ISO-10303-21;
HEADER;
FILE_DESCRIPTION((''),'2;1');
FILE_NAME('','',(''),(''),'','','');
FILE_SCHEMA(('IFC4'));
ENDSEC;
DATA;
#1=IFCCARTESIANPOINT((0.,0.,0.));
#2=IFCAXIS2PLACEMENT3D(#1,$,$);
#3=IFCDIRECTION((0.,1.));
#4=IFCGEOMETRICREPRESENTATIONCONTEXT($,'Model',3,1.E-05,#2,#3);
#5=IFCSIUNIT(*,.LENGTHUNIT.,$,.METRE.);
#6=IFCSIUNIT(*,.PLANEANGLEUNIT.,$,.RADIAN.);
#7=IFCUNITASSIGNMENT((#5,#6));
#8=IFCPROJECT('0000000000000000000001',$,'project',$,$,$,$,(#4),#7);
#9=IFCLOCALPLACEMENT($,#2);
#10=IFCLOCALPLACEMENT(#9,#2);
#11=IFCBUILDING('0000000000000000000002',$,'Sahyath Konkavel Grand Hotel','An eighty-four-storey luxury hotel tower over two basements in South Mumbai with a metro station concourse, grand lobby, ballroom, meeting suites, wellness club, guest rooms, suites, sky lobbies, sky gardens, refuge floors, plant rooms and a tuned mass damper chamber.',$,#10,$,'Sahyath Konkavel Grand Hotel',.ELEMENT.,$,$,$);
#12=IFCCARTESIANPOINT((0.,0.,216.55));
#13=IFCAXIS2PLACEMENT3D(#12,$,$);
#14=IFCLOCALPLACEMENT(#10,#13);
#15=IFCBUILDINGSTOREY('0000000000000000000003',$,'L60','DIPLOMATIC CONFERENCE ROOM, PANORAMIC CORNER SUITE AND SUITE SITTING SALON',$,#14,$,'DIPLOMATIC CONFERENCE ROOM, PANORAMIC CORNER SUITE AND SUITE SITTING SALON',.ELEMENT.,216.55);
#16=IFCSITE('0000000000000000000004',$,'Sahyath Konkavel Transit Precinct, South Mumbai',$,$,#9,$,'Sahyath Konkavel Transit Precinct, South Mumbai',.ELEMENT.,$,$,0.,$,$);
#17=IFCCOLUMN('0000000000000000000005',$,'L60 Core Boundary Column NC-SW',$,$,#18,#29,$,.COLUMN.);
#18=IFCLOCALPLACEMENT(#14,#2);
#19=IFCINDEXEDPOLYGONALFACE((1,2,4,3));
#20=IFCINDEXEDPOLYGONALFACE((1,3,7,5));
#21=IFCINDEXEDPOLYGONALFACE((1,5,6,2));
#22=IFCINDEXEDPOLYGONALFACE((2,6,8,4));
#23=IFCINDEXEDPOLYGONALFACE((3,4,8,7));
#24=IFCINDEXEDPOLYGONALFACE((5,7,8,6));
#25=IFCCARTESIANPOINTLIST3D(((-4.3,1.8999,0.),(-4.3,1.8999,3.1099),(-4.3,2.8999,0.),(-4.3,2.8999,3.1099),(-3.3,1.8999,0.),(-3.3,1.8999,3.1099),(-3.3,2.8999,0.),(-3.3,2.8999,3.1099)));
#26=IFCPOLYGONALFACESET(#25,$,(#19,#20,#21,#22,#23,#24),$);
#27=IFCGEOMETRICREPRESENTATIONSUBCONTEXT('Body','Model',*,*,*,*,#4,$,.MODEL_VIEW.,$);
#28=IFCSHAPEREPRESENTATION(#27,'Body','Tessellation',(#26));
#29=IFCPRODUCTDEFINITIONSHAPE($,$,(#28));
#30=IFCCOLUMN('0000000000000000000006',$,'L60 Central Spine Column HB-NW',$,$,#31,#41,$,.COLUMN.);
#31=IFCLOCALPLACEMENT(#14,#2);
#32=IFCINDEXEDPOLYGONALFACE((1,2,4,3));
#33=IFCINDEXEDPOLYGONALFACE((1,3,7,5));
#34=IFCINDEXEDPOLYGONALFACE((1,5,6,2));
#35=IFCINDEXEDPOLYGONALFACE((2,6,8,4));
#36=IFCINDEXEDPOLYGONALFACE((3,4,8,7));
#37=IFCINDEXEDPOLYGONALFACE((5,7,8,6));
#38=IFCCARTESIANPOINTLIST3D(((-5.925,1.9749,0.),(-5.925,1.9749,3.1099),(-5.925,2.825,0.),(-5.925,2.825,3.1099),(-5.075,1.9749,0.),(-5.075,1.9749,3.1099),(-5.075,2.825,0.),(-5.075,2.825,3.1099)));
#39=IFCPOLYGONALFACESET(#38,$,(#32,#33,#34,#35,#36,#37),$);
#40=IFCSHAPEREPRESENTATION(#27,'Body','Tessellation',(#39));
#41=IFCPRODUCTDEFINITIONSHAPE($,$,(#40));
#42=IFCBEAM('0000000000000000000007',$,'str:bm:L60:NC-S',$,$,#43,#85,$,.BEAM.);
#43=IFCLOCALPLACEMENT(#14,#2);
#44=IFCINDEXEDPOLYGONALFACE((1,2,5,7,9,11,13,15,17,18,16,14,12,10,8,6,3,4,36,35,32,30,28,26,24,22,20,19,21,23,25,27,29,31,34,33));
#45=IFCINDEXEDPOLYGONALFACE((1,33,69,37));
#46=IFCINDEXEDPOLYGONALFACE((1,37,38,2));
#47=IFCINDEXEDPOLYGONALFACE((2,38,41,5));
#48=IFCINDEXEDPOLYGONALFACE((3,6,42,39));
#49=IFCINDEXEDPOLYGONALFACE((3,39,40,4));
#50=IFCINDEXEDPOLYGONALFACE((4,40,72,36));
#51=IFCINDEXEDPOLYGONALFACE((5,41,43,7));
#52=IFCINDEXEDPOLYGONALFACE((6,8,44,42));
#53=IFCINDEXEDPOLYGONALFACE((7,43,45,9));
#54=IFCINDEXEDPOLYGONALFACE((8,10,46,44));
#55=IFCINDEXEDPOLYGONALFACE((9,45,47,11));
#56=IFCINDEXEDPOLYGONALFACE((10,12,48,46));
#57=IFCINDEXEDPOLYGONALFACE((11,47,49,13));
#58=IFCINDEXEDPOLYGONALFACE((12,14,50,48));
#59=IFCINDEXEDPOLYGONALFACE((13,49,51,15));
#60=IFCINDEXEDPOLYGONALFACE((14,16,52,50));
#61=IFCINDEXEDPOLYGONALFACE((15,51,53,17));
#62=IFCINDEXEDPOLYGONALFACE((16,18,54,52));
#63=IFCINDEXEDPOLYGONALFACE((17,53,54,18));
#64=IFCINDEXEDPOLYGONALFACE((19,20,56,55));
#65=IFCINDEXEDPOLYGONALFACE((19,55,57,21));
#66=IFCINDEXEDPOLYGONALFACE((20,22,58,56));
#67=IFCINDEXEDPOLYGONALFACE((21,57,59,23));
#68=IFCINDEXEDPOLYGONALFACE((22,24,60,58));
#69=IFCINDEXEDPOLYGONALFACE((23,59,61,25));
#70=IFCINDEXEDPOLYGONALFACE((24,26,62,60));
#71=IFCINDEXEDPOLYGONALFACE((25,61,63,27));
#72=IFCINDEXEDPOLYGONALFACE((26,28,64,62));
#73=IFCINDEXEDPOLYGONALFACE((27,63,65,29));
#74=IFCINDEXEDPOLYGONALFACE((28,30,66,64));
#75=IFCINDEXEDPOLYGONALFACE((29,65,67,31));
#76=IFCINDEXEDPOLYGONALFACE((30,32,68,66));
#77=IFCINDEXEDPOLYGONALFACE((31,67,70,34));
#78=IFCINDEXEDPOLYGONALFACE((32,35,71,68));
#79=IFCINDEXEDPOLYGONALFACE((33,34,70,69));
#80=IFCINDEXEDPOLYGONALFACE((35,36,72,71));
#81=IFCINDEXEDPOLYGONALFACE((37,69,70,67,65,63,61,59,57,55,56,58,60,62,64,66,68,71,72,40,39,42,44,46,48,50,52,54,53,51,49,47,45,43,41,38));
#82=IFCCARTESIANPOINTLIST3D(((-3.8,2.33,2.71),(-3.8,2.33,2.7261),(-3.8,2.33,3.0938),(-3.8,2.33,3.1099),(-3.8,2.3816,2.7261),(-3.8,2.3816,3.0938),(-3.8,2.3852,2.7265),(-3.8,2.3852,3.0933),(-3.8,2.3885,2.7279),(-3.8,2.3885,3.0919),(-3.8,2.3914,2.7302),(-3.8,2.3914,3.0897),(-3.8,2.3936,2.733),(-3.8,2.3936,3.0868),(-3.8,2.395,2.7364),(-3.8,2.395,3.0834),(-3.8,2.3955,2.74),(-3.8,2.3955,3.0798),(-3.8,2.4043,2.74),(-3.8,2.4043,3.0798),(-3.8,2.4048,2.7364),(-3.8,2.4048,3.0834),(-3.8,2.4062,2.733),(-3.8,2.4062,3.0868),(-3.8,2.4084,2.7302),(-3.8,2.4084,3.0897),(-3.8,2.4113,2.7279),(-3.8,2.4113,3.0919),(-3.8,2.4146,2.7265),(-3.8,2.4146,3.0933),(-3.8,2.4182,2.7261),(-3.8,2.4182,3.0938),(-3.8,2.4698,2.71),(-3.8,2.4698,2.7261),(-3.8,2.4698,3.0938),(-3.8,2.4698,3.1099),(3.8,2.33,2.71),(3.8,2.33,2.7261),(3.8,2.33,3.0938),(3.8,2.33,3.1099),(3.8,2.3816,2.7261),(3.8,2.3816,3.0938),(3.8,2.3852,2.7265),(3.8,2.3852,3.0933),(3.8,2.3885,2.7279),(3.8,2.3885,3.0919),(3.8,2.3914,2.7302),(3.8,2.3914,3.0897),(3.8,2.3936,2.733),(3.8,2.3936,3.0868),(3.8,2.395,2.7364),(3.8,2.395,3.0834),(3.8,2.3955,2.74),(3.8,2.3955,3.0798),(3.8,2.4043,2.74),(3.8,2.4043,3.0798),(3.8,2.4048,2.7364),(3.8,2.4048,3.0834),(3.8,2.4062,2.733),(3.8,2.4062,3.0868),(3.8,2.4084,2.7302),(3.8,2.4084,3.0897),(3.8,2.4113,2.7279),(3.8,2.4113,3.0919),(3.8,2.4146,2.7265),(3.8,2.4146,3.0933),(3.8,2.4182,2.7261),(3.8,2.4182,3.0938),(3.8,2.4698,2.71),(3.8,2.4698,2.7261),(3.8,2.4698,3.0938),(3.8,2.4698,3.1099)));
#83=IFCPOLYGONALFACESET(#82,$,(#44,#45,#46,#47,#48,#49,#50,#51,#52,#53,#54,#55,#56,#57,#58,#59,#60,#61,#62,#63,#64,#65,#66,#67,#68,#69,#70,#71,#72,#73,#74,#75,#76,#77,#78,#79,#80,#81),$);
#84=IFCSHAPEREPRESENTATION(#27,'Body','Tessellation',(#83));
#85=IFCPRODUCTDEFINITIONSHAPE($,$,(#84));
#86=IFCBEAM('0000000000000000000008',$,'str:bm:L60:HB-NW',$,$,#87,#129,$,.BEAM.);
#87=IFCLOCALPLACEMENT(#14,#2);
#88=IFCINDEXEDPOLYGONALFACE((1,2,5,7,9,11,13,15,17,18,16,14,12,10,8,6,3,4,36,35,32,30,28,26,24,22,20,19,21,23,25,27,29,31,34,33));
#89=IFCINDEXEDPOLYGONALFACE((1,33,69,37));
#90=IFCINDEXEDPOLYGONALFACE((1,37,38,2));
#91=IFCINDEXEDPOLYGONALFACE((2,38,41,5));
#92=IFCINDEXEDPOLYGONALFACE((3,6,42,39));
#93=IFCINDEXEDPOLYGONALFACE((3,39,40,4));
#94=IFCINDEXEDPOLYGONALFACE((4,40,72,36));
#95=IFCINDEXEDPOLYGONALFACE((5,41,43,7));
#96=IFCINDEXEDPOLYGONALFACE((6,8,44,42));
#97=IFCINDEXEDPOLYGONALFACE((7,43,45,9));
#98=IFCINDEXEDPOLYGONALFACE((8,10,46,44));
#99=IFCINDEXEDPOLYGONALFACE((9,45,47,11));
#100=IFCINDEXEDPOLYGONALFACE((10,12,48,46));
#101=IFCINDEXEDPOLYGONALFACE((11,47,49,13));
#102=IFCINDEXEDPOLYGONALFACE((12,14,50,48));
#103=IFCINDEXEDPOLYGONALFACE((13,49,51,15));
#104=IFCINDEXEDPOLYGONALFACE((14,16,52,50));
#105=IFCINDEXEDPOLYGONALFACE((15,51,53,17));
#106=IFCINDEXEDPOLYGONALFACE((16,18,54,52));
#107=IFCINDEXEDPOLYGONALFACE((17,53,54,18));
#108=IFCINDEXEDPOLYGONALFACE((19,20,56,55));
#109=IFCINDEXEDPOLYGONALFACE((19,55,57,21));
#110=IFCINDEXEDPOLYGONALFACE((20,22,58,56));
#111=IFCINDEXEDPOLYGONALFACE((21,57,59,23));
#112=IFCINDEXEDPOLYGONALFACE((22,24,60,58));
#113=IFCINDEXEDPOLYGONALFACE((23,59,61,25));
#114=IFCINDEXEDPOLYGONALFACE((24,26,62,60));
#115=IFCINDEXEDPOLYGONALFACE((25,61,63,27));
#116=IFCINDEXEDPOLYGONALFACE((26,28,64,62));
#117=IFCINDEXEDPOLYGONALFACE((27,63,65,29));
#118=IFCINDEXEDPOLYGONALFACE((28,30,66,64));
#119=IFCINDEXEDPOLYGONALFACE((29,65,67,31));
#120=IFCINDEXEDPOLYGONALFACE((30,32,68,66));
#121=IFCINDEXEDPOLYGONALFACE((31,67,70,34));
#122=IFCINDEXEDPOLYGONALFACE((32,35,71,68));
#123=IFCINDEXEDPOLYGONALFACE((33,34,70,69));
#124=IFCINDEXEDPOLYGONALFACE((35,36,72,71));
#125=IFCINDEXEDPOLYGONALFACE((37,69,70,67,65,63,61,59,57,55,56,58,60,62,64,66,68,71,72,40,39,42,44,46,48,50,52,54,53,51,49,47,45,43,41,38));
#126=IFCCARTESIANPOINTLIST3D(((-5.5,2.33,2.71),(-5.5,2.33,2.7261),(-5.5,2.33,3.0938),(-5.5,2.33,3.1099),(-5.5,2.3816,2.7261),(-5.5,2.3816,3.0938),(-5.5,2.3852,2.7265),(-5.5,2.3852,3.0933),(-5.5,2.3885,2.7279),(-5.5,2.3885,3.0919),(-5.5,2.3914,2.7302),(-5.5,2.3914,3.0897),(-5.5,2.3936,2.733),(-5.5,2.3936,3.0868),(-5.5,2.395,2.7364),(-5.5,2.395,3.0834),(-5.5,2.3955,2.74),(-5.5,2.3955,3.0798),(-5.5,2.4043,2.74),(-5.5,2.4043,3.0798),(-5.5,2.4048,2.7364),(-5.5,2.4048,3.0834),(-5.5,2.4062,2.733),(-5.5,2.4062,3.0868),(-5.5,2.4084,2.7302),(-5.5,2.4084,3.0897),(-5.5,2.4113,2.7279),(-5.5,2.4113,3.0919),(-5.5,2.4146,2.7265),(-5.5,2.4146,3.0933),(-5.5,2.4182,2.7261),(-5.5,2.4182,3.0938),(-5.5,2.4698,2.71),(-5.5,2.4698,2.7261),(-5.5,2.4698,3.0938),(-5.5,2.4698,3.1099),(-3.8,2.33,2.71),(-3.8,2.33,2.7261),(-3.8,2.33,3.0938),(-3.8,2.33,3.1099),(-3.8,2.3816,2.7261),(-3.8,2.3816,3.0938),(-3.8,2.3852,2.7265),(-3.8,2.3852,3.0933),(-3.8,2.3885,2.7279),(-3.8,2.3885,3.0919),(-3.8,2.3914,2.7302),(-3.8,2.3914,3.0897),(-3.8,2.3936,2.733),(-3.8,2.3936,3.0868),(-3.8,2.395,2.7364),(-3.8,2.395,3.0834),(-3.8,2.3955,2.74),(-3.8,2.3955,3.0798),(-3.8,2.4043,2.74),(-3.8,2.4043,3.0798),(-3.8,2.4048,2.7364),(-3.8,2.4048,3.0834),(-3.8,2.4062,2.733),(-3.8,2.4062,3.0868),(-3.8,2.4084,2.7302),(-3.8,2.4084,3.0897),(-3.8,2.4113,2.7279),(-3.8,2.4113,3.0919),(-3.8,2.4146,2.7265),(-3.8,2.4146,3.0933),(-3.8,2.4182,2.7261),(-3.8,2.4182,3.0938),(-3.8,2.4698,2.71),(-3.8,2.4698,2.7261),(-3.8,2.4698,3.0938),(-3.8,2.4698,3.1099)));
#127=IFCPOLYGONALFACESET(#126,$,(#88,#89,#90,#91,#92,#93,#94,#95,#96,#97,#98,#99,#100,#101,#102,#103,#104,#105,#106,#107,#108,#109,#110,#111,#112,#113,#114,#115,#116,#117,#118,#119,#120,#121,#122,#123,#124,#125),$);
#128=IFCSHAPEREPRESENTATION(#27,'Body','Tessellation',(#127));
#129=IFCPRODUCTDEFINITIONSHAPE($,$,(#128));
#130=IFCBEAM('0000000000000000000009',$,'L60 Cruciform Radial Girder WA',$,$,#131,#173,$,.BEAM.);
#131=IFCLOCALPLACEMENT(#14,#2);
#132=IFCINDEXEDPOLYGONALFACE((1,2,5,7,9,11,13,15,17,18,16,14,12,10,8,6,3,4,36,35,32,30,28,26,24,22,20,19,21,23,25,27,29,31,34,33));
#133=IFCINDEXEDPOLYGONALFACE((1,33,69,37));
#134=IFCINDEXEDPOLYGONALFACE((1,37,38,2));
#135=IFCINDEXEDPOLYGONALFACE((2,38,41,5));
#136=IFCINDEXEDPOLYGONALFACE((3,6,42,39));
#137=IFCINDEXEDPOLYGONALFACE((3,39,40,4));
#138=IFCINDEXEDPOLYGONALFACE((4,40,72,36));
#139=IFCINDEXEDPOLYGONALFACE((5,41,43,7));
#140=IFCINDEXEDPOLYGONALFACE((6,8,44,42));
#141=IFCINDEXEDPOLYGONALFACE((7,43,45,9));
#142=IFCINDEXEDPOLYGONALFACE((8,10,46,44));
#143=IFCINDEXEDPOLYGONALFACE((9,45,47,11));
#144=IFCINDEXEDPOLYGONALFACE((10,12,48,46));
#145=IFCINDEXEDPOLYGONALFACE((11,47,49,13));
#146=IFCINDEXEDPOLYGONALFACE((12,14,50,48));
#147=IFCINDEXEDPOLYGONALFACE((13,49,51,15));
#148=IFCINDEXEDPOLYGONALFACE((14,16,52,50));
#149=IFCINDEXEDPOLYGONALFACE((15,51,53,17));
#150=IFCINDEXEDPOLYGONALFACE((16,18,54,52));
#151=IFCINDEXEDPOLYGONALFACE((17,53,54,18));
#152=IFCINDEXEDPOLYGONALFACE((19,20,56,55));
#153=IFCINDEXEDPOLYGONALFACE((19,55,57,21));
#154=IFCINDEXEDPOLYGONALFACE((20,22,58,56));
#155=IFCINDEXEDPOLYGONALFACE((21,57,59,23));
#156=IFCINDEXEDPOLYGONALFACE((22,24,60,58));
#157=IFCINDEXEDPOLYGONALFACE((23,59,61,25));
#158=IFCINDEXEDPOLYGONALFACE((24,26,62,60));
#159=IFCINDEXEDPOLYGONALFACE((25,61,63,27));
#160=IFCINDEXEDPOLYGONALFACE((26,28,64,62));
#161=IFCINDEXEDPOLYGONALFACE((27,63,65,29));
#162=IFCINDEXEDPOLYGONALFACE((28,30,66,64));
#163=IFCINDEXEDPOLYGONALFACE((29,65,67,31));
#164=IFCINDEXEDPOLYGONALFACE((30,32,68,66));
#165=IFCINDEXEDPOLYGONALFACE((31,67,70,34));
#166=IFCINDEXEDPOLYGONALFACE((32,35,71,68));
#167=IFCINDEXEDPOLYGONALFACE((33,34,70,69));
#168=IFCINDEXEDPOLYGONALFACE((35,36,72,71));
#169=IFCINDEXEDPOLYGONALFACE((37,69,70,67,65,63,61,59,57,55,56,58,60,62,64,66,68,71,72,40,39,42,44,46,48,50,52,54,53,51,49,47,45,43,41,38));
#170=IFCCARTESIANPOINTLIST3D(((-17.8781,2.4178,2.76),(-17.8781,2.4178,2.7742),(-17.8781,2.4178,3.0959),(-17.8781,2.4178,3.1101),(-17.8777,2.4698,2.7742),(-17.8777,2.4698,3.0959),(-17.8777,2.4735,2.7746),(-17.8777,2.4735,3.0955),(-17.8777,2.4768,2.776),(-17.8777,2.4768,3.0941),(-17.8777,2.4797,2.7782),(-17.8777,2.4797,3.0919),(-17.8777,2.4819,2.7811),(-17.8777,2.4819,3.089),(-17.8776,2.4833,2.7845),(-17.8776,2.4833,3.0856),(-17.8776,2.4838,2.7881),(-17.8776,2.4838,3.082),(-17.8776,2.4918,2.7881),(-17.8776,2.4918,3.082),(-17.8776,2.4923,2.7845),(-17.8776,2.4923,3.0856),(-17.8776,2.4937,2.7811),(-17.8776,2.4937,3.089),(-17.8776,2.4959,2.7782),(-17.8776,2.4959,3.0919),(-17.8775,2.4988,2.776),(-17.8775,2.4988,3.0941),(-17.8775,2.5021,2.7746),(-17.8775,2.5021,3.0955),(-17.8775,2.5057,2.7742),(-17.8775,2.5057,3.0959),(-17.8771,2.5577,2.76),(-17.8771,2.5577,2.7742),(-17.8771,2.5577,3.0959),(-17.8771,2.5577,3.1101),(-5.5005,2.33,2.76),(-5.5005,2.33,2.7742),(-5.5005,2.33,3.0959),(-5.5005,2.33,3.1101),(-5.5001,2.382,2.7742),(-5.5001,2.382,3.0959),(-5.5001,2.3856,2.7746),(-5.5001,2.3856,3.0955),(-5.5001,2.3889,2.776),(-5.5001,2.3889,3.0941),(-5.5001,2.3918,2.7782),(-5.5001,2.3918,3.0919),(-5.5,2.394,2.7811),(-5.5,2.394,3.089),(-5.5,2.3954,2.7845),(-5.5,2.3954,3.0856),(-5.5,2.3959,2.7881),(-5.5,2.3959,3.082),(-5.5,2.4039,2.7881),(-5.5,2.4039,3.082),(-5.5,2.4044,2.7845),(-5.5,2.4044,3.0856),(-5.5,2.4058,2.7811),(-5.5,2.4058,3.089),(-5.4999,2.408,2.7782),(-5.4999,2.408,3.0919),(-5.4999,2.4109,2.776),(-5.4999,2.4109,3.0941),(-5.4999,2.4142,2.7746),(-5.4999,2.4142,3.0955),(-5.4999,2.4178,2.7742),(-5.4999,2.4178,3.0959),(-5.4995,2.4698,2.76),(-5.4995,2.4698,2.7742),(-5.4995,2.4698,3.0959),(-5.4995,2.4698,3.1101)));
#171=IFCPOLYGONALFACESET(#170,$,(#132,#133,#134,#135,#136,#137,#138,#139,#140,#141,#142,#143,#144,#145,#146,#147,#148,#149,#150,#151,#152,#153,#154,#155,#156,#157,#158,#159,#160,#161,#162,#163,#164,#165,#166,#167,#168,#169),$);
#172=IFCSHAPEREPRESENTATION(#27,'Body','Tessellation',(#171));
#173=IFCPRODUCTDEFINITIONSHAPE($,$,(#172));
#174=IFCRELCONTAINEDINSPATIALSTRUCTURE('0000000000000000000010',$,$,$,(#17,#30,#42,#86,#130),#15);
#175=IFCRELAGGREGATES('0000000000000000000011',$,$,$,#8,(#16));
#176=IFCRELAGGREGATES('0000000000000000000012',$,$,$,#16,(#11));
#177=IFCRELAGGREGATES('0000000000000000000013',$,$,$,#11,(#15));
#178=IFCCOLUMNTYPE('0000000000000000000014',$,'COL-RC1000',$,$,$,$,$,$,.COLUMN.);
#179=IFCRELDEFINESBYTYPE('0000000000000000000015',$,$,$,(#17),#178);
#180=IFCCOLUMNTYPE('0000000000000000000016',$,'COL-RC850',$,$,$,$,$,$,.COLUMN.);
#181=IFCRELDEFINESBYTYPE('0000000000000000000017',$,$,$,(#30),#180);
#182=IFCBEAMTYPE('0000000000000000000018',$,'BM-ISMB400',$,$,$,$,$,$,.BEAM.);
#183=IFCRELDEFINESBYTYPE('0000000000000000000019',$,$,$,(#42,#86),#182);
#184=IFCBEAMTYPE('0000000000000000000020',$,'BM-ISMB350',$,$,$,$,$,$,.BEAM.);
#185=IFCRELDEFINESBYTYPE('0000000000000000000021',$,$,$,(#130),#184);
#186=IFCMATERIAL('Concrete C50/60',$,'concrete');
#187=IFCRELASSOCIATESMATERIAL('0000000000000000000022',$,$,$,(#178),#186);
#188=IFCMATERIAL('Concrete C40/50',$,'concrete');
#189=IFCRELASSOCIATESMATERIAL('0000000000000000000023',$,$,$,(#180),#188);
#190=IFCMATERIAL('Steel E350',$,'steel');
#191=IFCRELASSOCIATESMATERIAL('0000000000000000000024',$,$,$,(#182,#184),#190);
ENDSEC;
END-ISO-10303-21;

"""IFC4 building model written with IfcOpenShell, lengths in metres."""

from ifc_helpers import new_model, si_unit, direction, frame, origin, origin_2d, place, context, subcontext, project, spatial, rectangle, i_section, extrude, source, transform, mapped, material, material_profile, profile_set, type_object, element, save


model = new_model("IFC4")

# Units and contexts
model_context = context("Model", 3, precision=1e-05, world=origin(), true_north=direction((0.0, 1.0)))
body_context = subcontext(model_context, "Body", "Model", "MODEL_VIEW")
ifc_project = project(units=[si_unit("LENGTHUNIT", "METRE"), si_unit("PLANEANGLEUNIT", "RADIAN")], contexts=[model_context])

# Site, building, storey
site_placement = place(None, origin())
site = spatial("IfcSite", under=ifc_project, at=site_placement, Name="Sahyath Konkavel Transit Precinct, South Mumbai", LongName="Sahyath Konkavel Transit Precinct, South Mumbai", CompositionType="ELEMENT", RefElevation=0.0)
building_placement = place(site_placement, origin())
building = spatial("IfcBuilding", under=site, at=building_placement, Name="Sahyath Konkavel Grand Hotel", Description="An eighty-four-storey luxury hotel tower over two basements in South Mumbai with a metro station concourse, grand lobby, ballroom, meeting suites, wellness club, guest rooms, suites, sky lobbies, sky gardens, refuge floors, plant rooms and a tuned mass damper chamber.", LongName="Sahyath Konkavel Grand Hotel", CompositionType="ELEMENT")
storey_placement = place(building_placement, frame((0.0, 0.0, 216.55)))
storey = spatial("IfcBuildingStorey", under=building, at=storey_placement, Name="L60", Description="DIPLOMATIC CONFERENCE ROOM, PANORAMIC CORNER SUITE AND SUITE SITTING SALON", LongName="DIPLOMATIC CONFERENCE ROOM, PANORAMIC CORNER SUITE AND SUITE SITTING SALON", CompositionType="ELEMENT", Elevation=216.55)

# Columns
ifc_material_1 = material(Name="Concrete C50/60", Category="concrete")
ifc_material_profile_1 = material_profile(ifc_material_1, rectangle(XDim=1.0, YDim=1.0, at=origin_2d()), Name="RC 1000x1000")
ifc_profile_set_1 = profile_set([ifc_material_profile_1], Name="Concrete C50/60")
column_type_1 = type_object("IfcColumnType", Name="COL-RC1000", PredefinedType="COLUMN", material=ifc_profile_set_1)
shared_shape_1 = source(origin(), body_context, "Body", "SweptSolid", [
    extrude(rectangle(XDim=1.0, YDim=1.0, at=origin_2d()), origin(), (0.0, 0.0, 1.0), 3.1099),
])
column_1_placement = place(storey_placement, frame((-3.8, 2.3999, 0.0), z_axis=(0.0, 0.0, 1.0), x_axis=(1.0, 0.0, 0.0)))
element("IfcColumn", 1, at=column_1_placement, inside=storey, type_object=column_type_1, Name="L60 Core Boundary Column NC-SW", PredefinedType="COLUMN", context=body_context, shape_type="MappedRepresentation", body=[
    mapped(shared_shape_1, transform((0.0, 0.0, 0.0), scale=1.0)),
])
ifc_material_2 = material(Name="Concrete C40/50", Category="concrete")
ifc_material_profile_2 = material_profile(ifc_material_2, rectangle(XDim=0.8501, YDim=0.8501, at=origin_2d()), Name="RC 850x850")
ifc_profile_set_2 = profile_set([ifc_material_profile_2], Name="Concrete C40/50")
column_type_2 = type_object("IfcColumnType", Name="COL-RC850", PredefinedType="COLUMN", material=ifc_profile_set_2)
shared_shape_2 = source(origin(), body_context, "Body", "SweptSolid", [
    extrude(rectangle(XDim=0.8501, YDim=0.8501, at=origin_2d()), origin(), (0.0, 0.0, 1.0), 3.1099),
])
column_2_placement = place(storey_placement, frame((-5.5, 2.3999, 0.0), z_axis=(0.0, 0.0, 1.0), x_axis=(1.0, 0.0, 0.0)))
element("IfcColumn", 2, at=column_2_placement, inside=storey, type_object=column_type_2, Name="L60 Central Spine Column HB-NW", PredefinedType="COLUMN", context=body_context, shape_type="MappedRepresentation", body=[
    mapped(shared_shape_2, transform((0.0, 0.0, 0.0), scale=1.0)),
])

# Beams
ifc_material_3 = material(Name="Steel E350", Category="steel")
ifc_material_profile_3 = material_profile(ifc_material_3, i_section(OverallWidth=0.1399, OverallDepth=0.3999, WebThickness=0.0088, FlangeThickness=0.0161, FilletRadius=0.0139, at=origin_2d()), Name="ISMB 400")
ifc_profile_set_3 = profile_set([ifc_material_profile_3], Name="Steel E350")
beam_type_1 = type_object("IfcBeamType", Name="BM-ISMB400", PredefinedType="BEAM", material=ifc_profile_set_3)
shared_shape_3 = source(origin(), body_context, "Body", "SweptSolid", [
    extrude(i_section(OverallWidth=0.1399, OverallDepth=0.3999, WebThickness=0.0088, FlangeThickness=0.0161, FilletRadius=0.0139, at=origin_2d()), origin(), (0.0, 0.0, 1.0), 7.6001),
])
beam_1_placement = place(storey_placement, frame((-3.8, 2.3999, 2.9099), z_axis=(1.0, 0.0, 0.0), x_axis=(0.0, 1.0, 0.0)))
element("IfcBeam", 3, at=beam_1_placement, inside=storey, type_object=beam_type_1, Name="str:bm:L60:NC-S", PredefinedType="BEAM", context=body_context, shape_type="MappedRepresentation", body=[
    mapped(shared_shape_3, transform((0.0, 0.0, 0.0), scale=1.0)),
])
shared_shape_4 = source(origin(), body_context, "Body", "SweptSolid", [
    extrude(i_section(OverallWidth=0.1399, OverallDepth=0.3999, WebThickness=0.0088, FlangeThickness=0.0161, FilletRadius=0.0139, at=origin_2d()), origin(), (0.0, 0.0, 1.0), 1.7),
])
beam_2_placement = place(storey_placement, frame((-5.5, 2.3999, 2.9099), z_axis=(1.0, 0.0, 0.0), x_axis=(0.0, 1.0, 0.0)))
element("IfcBeam", 4, at=beam_2_placement, inside=storey, type_object=beam_type_1, Name="str:bm:L60:HB-NW", PredefinedType="BEAM", context=body_context, shape_type="MappedRepresentation", body=[
    mapped(shared_shape_4, transform((0.0, 0.0, 0.0), scale=1.0)),
])
ifc_material_profile_4 = material_profile(ifc_material_3, i_section(OverallWidth=0.1399, OverallDepth=0.3501, WebThickness=0.0081, FlangeThickness=0.0142, FilletRadius=0.0139, at=origin_2d()), Name="ISMB 350")
ifc_profile_set_4 = profile_set([ifc_material_profile_4], Name="Steel E350")
beam_type_2 = type_object("IfcBeamType", Name="BM-ISMB350", PredefinedType="BEAM", material=ifc_profile_set_4)
shared_shape_5 = source(origin(), body_context, "Body", "SweptSolid", [
    extrude(i_section(OverallWidth=0.1399, OverallDepth=0.3501, WebThickness=0.0081, FlangeThickness=0.0142, FilletRadius=0.0139, at=origin_2d()), origin(), (0.0, 0.0, 1.0), 12.3779),
])
beam_3_placement = place(storey_placement, frame((-5.5, 2.3999, 2.9351), z_axis=(-0.999975, 0.007101, 0.0), x_axis=(-0.007101, -0.999975, 0.0)))
element("IfcBeam", 5, at=beam_3_placement, inside=storey, type_object=beam_type_2, Name="L60 Cruciform Radial Girder WA", PredefinedType="BEAM", context=body_context, shape_type="MappedRepresentation", body=[
    mapped(shared_shape_5, transform((0.0, 0.0, 0.0), scale=1.0)),
])

save(model, "model.ifc")
